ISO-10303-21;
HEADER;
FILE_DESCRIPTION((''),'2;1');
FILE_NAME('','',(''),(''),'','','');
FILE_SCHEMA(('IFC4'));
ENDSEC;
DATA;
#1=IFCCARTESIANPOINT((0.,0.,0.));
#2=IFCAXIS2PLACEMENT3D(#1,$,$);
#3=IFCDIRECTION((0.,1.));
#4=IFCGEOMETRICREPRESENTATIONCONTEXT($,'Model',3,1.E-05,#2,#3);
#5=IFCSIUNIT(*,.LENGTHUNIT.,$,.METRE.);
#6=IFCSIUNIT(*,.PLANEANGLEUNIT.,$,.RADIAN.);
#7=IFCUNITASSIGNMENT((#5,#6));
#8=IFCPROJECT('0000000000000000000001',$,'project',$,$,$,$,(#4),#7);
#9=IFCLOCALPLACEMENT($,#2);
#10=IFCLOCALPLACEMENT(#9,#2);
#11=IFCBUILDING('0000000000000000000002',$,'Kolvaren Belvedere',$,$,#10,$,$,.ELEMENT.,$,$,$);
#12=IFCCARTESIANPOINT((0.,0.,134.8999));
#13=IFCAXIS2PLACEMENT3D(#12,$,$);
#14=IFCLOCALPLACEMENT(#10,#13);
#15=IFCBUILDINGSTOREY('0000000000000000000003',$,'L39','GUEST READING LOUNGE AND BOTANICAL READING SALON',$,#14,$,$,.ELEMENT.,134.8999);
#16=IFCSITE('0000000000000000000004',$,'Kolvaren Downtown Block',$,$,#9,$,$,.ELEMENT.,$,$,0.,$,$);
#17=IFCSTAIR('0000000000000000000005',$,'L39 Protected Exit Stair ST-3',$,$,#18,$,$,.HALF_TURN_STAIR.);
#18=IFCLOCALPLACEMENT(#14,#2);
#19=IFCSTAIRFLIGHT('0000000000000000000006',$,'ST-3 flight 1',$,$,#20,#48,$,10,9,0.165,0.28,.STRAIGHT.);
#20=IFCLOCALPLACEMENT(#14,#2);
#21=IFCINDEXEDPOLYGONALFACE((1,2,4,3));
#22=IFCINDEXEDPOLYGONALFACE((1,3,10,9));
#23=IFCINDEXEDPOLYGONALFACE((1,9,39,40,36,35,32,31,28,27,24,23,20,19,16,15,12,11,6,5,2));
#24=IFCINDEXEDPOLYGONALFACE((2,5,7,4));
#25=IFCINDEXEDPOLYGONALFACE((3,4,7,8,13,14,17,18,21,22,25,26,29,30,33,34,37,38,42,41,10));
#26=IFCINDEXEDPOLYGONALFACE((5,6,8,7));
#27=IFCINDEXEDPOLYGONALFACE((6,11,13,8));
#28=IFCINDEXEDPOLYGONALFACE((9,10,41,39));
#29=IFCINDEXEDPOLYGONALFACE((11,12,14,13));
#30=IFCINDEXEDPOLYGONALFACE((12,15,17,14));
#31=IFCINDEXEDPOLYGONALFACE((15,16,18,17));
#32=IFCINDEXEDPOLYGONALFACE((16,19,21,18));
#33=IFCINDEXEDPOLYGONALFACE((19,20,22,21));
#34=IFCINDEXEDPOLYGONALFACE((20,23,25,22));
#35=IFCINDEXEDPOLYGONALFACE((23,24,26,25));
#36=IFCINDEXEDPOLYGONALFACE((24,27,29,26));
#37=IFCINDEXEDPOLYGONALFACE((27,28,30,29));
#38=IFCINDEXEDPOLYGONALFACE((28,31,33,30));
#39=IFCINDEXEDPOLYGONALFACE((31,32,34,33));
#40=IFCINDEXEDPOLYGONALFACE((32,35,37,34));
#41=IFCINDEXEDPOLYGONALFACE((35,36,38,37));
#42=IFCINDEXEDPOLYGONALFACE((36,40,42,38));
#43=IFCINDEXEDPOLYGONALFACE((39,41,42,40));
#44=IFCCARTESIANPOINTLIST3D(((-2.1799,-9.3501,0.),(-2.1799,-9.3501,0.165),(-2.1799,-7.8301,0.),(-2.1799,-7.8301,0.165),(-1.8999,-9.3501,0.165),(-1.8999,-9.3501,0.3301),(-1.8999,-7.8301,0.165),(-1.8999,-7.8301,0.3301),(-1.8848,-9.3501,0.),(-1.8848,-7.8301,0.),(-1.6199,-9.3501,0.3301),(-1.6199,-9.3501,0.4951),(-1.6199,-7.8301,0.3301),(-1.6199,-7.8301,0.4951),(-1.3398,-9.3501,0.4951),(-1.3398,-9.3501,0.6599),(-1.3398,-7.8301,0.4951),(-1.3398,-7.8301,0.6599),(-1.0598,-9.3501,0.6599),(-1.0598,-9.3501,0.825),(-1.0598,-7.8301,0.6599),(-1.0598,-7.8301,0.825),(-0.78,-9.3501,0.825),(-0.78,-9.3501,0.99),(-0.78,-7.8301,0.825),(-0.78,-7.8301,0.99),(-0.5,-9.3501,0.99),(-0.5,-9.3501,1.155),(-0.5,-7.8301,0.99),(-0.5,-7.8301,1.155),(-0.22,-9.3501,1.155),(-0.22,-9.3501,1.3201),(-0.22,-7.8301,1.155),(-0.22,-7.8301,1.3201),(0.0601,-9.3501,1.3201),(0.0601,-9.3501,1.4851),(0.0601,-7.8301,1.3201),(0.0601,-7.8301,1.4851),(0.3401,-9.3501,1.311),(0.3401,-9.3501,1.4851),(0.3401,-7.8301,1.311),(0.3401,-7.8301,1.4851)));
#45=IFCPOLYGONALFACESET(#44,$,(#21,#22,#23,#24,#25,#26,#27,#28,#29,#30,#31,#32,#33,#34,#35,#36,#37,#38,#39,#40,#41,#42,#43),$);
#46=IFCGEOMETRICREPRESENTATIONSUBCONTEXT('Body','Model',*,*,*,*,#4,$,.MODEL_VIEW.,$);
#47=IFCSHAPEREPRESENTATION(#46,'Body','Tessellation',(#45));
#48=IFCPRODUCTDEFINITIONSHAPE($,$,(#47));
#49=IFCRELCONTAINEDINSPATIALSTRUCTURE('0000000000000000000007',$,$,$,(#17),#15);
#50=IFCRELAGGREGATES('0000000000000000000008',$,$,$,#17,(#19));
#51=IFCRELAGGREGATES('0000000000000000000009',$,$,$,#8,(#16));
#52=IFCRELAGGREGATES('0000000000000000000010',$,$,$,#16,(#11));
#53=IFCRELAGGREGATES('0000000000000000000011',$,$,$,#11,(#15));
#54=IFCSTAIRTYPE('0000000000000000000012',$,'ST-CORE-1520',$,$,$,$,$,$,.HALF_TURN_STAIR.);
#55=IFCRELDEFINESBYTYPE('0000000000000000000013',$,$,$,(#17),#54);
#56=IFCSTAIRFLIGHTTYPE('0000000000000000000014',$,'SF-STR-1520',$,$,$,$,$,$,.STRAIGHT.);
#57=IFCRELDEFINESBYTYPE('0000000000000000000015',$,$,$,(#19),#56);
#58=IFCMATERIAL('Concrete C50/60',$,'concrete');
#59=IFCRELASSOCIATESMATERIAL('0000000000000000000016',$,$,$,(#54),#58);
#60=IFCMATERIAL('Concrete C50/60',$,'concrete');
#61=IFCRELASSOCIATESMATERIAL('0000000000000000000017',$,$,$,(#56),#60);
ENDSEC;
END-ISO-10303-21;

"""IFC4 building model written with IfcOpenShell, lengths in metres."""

from ifc_helpers import new_model, si_unit, direction, frame, origin, place, context, subcontext, project, spatial, polyline, outline, extrude, material, type_object, element, aggregate, save


model = new_model("IFC4")

# Units and contexts
model_context = context("Model", 3, precision=1e-05, world=origin(), true_north=direction((0.0, 1.0)))
body_context = subcontext(model_context, "Body", "Model", "MODEL_VIEW")
ifc_project = project(units=[si_unit("LENGTHUNIT", "METRE"), si_unit("PLANEANGLEUNIT", "RADIAN")], contexts=[model_context])

# Site, building, storey
site_placement = place(None, origin())
site = spatial("IfcSite", under=ifc_project, at=site_placement, Name="Kolvaren Downtown Block", CompositionType="ELEMENT", RefElevation=0.0)
building_placement = place(site_placement, origin())
building = spatial("IfcBuilding", under=site, at=building_placement, Name="Kolvaren Belvedere", CompositionType="ELEMENT")
storey_placement = place(building_placement, frame((0.0, 0.0, 134.8999)))
storey = spatial("IfcBuildingStorey", under=building, at=storey_placement, Name="L39", Description="GUEST READING LOUNGE AND BOTANICAL READING SALON", CompositionType="ELEMENT", Elevation=134.8999)

# Stair, stair flight
ifc_material_1 = material(Name="Concrete C50/60", Category="concrete")
stair_type = type_object("IfcStairType", Name="ST-CORE-1520", PredefinedType="HALF_TURN_STAIR", material=ifc_material_1)
stair_placement = place(storey_placement, origin())
stair = element("IfcStair", 1, at=stair_placement, inside=storey, type_object=stair_type, Name="L39 Protected Exit Stair ST-3", PredefinedType="HALF_TURN_STAIR")
ifc_material_2 = material(Name="Concrete C50/60", Category="concrete")
stair_flight_type = type_object("IfcStairFlightType", Name="SF-STR-1520", PredefinedType="STRAIGHT", material=ifc_material_2)
stair_flight_placement = place(storey_placement, frame((-2.1799, -8.5901, 0.0), z_axis=(0.0, 0.0, 1.0), x_axis=(1.0, 0.0, 0.0)))
stair_flight = element("IfcStairFlight", 2, at=stair_flight_placement, type_object=stair_flight_type, Name="ST-3 flight 1", NumberOfRisers=10, NumberOfTreads=9, PredefinedType="STRAIGHT", RiserHeight=0.165, TreadLength=0.28, context=body_context, shape_type="SweptSolid", body=[
    extrude(outline(polyline([(0.0, 0.0), (0.0, 0.165), (0.28, 0.165), (0.28, 0.3301), (0.5601, 0.3301), (0.5601, 0.4951), (0.8401, 0.4951), (0.8401, 0.6599), (1.1201, 0.6599), (1.1201, 0.825), (1.3999, 0.825), (1.3999, 0.99), (1.6799, 0.99), (1.6799, 1.155), (1.96, 1.155), (1.96, 1.3201), (2.24, 1.3201), (2.24, 1.4851), (2.52, 1.4851), (2.52, 1.6499), (2.52, 1.311), (0.2952, 0.0), (0.0, 0.0)])), frame((0.0, 0.76, 0.0), z_axis=(0.0, -1.0, 0.0), x_axis=(1.0, 0.0, 0.0)), (0.0, 0.0, 1.0), 1.52),
])
aggregate(stair, [stair_flight])

save(model, "model.ifc")
